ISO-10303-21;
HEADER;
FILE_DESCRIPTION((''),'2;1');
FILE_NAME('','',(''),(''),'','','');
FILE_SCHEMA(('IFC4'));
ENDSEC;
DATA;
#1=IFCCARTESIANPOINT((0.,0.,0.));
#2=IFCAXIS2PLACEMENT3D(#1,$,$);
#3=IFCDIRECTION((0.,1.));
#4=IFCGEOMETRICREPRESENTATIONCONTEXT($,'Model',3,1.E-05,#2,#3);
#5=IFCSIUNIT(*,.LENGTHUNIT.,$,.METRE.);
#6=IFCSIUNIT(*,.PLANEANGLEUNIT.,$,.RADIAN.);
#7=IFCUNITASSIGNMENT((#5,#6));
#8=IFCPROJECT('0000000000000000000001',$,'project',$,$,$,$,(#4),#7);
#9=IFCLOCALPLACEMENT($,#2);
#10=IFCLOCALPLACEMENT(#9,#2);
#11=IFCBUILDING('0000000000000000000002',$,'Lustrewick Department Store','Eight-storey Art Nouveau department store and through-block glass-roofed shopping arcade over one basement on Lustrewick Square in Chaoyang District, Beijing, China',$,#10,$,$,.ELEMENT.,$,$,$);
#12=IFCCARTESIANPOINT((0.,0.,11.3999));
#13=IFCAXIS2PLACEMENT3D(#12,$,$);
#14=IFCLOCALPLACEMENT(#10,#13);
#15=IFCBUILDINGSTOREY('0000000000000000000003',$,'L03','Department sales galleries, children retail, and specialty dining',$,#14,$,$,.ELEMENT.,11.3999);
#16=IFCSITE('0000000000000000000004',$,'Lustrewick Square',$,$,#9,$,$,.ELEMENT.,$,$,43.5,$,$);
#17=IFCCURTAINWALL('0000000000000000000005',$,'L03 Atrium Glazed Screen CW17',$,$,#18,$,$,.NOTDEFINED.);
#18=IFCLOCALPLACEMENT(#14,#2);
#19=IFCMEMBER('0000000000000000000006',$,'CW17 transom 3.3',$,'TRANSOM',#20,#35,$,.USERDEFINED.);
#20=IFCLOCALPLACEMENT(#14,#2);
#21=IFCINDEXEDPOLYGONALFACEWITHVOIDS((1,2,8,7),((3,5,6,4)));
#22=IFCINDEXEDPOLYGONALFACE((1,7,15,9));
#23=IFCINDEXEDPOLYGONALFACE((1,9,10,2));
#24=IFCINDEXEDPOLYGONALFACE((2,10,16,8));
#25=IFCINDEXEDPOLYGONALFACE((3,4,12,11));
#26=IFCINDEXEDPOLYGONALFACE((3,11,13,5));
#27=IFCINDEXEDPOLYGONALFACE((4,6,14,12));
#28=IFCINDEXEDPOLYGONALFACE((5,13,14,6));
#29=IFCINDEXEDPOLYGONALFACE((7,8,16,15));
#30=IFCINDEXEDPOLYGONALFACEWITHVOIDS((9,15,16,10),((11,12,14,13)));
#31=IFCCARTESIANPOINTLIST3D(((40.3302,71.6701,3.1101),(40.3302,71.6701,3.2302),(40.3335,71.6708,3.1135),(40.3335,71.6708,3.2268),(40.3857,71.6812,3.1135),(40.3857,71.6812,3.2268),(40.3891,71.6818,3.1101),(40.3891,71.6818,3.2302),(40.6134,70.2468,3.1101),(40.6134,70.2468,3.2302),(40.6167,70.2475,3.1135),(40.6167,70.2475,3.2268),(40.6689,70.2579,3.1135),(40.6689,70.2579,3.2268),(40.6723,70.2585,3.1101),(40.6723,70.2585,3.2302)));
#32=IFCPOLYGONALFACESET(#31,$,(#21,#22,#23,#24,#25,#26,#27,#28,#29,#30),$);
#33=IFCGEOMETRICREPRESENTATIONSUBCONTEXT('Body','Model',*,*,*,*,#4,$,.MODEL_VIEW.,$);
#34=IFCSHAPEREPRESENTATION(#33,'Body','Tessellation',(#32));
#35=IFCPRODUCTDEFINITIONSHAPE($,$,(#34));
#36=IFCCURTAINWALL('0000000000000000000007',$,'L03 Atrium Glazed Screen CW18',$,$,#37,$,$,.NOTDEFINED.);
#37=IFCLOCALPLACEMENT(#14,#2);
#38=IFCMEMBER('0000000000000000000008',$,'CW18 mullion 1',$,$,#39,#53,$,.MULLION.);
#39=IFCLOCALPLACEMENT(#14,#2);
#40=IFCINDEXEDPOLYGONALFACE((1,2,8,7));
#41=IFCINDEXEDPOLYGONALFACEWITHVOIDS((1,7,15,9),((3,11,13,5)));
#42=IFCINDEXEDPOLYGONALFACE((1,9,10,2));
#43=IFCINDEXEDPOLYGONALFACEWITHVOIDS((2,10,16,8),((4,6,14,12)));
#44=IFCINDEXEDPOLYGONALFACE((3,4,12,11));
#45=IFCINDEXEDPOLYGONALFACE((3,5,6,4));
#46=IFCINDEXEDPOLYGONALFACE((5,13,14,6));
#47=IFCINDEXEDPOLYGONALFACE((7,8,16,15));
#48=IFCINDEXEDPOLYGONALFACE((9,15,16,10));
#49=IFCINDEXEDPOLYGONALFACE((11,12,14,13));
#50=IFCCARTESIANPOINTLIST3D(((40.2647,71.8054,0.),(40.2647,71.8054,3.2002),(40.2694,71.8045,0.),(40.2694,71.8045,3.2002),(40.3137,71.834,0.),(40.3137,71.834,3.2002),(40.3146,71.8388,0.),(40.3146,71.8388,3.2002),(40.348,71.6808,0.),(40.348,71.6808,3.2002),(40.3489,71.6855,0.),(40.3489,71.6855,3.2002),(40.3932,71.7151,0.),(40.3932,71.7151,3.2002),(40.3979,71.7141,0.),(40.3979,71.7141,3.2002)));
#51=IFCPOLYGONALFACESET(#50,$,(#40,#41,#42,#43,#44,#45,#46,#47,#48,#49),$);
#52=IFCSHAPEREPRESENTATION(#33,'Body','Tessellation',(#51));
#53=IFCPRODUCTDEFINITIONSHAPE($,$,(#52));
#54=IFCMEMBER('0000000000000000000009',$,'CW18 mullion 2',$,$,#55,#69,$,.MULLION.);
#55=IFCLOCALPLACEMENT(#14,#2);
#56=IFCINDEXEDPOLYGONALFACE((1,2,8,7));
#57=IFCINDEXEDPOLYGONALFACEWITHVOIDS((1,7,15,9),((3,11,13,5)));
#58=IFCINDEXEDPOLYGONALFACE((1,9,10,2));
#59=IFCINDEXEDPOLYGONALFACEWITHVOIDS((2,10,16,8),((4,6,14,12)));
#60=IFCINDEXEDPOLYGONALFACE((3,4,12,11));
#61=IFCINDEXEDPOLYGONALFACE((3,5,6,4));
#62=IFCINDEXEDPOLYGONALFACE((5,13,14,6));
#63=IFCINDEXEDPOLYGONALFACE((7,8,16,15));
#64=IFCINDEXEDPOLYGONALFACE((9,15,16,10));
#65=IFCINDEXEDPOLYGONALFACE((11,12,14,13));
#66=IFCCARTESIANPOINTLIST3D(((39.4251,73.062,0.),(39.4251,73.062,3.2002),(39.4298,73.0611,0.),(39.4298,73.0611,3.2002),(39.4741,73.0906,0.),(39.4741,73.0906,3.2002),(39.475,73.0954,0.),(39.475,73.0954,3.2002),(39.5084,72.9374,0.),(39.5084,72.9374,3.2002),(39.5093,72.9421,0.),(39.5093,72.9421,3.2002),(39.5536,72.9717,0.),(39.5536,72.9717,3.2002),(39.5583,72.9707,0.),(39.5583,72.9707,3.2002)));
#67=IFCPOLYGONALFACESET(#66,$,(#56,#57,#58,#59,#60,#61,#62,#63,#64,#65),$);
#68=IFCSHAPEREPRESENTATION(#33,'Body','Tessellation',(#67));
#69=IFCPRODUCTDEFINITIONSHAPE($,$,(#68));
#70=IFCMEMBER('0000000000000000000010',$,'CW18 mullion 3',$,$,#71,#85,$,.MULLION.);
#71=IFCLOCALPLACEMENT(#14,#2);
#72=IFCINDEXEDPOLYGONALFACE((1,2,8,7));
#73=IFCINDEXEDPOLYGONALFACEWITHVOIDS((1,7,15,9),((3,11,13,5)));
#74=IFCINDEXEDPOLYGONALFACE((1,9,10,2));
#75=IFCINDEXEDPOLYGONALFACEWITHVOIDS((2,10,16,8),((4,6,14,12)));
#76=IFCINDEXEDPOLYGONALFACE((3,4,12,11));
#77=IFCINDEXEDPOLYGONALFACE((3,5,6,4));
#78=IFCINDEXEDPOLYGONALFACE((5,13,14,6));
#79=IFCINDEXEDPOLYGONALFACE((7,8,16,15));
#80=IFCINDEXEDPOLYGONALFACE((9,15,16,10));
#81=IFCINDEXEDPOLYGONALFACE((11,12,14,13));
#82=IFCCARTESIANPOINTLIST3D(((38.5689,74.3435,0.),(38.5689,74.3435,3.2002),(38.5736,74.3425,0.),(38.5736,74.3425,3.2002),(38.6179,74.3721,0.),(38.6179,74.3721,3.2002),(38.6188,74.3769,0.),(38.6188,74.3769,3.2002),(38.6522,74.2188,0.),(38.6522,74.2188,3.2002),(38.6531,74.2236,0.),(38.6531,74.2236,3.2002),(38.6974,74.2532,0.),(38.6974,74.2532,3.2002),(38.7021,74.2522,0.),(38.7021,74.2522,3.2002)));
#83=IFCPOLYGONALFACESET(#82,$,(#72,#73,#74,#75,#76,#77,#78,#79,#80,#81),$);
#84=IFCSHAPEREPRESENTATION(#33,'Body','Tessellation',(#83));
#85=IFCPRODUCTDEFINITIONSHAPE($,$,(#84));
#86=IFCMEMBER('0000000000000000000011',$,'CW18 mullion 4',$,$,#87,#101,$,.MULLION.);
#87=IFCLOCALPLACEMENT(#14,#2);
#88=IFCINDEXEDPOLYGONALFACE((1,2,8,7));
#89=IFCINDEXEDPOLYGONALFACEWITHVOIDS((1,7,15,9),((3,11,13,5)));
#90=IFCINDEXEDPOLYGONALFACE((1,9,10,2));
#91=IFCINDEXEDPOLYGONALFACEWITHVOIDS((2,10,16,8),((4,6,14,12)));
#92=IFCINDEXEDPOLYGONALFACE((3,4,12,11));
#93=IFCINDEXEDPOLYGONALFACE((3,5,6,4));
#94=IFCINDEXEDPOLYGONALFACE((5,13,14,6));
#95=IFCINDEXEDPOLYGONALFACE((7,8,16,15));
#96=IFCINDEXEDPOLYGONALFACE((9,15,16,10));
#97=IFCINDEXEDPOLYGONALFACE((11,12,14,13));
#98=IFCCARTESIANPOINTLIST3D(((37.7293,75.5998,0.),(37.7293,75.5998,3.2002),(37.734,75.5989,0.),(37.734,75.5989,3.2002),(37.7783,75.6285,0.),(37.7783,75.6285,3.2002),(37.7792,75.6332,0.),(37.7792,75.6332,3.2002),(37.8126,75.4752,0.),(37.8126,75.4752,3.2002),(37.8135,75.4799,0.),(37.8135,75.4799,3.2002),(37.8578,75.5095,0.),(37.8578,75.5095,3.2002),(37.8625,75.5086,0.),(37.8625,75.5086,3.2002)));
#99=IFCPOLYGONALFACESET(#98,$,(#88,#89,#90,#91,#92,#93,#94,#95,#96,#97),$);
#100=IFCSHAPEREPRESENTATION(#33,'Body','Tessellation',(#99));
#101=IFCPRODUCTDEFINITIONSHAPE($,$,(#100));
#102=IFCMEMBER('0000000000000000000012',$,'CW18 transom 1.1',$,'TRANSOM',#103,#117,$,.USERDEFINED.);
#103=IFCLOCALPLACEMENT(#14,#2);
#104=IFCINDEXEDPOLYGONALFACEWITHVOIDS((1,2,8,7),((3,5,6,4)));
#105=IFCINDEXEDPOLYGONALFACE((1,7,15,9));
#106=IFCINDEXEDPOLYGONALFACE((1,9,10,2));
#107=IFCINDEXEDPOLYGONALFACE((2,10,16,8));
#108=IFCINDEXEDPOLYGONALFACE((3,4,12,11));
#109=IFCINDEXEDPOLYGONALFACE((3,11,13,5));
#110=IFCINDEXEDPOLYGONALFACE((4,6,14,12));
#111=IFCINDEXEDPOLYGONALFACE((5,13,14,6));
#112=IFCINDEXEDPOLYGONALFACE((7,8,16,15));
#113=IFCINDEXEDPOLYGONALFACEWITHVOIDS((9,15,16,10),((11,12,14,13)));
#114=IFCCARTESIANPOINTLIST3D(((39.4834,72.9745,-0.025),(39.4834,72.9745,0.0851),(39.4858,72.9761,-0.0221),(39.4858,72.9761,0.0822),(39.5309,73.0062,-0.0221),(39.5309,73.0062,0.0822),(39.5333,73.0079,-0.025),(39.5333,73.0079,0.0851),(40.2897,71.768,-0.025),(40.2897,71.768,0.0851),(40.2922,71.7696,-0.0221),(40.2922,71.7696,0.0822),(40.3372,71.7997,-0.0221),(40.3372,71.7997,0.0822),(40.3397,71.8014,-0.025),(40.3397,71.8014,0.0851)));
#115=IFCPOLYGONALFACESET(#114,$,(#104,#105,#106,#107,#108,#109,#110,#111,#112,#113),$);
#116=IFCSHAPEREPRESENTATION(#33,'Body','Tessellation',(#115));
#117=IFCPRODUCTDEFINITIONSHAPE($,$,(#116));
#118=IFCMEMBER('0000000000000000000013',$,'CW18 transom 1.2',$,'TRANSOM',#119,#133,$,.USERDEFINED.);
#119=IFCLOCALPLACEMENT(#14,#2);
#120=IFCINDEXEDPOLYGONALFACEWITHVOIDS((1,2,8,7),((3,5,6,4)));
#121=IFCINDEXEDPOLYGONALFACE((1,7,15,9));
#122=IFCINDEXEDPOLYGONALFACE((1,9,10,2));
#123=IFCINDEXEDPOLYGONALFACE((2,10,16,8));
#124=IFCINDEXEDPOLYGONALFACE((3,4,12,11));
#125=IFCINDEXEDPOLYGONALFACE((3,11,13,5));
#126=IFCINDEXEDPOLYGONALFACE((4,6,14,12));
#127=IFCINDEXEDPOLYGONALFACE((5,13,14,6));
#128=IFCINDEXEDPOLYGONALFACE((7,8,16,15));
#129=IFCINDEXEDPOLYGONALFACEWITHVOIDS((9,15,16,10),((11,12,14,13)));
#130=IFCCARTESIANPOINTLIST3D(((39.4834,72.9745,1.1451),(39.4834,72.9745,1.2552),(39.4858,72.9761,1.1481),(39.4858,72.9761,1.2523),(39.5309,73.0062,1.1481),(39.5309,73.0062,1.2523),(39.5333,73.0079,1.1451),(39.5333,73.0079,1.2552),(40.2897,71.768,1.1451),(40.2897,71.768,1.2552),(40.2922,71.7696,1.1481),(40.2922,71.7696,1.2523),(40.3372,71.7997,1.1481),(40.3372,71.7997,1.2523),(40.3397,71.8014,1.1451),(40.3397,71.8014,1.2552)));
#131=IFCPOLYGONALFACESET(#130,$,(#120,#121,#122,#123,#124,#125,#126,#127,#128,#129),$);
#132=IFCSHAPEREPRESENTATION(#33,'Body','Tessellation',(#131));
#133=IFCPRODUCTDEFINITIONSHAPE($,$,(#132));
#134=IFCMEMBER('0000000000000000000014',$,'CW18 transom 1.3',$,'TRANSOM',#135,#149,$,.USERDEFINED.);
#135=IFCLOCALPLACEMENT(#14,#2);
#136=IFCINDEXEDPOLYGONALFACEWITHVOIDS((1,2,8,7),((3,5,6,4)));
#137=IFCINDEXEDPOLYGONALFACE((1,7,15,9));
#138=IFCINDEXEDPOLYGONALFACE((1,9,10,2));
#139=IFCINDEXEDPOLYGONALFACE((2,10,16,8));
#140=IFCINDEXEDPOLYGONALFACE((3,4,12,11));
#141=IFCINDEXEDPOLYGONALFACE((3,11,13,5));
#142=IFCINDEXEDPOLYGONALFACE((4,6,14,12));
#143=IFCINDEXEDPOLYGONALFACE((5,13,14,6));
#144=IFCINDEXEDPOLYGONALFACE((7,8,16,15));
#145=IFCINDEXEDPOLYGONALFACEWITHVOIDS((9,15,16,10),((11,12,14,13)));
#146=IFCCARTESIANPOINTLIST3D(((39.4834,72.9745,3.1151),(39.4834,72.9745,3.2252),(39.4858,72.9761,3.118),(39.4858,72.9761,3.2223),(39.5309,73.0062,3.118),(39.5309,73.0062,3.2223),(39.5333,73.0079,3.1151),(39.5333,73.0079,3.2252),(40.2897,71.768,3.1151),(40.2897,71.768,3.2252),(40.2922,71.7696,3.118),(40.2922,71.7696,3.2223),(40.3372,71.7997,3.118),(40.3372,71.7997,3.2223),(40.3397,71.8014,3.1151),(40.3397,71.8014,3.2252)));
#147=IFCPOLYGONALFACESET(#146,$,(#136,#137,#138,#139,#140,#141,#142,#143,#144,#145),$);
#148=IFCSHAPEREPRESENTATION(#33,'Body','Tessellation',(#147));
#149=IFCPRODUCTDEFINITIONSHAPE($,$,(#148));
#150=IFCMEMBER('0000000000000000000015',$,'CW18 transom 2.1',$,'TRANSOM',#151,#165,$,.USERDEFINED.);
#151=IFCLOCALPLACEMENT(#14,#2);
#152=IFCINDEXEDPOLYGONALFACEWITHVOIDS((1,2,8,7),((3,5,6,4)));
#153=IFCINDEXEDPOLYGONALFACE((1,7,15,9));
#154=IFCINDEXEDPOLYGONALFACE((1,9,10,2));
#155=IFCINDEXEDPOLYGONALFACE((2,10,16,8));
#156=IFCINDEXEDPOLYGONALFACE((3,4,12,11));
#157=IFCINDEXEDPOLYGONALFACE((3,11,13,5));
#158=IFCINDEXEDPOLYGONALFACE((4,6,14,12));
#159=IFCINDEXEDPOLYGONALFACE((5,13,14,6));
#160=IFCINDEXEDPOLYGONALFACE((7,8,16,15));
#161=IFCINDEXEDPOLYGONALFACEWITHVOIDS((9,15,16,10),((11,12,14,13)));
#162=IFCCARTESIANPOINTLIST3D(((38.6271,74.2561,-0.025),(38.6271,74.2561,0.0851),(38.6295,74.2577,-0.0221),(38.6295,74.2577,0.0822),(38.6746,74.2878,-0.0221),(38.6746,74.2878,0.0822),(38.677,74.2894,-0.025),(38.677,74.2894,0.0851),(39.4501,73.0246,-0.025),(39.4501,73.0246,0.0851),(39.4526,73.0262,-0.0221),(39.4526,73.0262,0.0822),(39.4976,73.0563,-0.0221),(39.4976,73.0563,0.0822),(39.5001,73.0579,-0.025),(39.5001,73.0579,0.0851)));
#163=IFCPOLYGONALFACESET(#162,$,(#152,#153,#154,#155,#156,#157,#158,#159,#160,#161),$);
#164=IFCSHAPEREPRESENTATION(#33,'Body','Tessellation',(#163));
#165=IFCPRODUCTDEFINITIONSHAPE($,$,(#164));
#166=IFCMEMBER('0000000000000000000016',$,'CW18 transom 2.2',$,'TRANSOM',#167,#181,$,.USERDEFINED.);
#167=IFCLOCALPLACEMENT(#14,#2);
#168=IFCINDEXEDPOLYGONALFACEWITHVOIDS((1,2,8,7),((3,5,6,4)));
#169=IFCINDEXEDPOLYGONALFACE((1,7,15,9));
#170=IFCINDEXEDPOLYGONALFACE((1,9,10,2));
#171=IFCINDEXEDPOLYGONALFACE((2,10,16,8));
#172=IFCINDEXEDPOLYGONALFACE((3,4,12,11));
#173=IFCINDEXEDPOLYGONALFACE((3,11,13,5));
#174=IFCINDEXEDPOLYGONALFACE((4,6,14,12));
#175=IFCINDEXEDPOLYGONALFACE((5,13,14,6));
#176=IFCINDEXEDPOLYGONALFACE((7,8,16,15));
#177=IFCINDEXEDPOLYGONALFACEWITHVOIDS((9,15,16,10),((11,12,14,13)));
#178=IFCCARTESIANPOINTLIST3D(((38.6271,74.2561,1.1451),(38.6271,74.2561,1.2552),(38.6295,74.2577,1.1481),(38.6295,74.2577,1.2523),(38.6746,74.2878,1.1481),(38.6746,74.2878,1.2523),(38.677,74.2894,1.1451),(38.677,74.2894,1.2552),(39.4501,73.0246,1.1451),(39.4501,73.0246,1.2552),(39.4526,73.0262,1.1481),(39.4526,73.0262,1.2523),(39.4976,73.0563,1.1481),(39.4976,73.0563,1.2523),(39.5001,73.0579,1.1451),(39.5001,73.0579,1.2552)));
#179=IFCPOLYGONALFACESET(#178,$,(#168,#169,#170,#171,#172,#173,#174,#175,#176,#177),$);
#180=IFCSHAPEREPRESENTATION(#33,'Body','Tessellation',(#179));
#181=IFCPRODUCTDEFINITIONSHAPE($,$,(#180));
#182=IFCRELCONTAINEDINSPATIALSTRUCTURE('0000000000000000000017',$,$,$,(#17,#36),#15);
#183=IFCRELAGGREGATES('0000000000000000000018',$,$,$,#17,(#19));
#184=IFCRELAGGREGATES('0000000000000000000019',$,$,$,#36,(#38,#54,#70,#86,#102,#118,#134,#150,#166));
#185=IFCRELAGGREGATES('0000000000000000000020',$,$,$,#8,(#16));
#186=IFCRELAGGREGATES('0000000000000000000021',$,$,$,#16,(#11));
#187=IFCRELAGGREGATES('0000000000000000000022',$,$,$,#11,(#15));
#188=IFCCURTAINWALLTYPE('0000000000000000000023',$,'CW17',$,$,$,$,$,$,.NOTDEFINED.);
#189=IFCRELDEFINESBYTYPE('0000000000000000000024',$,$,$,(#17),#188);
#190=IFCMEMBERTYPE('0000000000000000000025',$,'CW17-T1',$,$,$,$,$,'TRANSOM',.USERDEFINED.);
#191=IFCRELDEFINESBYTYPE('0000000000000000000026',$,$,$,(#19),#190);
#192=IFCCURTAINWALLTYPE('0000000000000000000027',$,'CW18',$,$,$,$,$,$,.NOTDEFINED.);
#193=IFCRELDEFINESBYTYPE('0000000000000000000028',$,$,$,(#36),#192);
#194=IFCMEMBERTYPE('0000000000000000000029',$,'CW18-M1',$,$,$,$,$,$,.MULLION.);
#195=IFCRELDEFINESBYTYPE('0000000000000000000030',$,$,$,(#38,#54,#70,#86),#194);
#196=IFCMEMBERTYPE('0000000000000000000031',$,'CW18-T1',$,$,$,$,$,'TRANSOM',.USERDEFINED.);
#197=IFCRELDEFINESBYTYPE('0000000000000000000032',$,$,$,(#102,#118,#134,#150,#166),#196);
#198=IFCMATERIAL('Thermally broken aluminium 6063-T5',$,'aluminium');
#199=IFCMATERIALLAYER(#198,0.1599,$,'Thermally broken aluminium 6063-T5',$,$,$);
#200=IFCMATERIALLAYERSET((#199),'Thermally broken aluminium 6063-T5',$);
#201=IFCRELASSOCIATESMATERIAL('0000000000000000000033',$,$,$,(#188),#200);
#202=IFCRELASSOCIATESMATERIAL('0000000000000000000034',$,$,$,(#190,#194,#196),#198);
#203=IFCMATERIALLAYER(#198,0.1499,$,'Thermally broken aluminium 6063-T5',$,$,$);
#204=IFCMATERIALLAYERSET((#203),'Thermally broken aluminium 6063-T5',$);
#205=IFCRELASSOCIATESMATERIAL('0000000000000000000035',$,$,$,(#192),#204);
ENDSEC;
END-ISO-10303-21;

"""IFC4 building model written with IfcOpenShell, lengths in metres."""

from ifc_helpers import new_model, si_unit, direction, frame, origin, origin_2d, place, context, subcontext, project, spatial, hollow_rectangle, extrude, material, layer, layer_set, material_profile, profile_set, type_object, element, aggregate, save


model = new_model("IFC4")

# Units and contexts
model_context = context("Model", 3, precision=1e-05, world=origin(), true_north=direction((0.0, 1.0)))
body_context = subcontext(model_context, "Body", "Model", "MODEL_VIEW")
ifc_project = project(units=[si_unit("LENGTHUNIT", "METRE"), si_unit("PLANEANGLEUNIT", "RADIAN")], contexts=[model_context])

# Site, building, storey
site_placement = place(None, origin())
site = spatial("IfcSite", under=ifc_project, at=site_placement, Name="Lustrewick Square", CompositionType="ELEMENT", RefElevation=43.5)
building_placement = place(site_placement, origin())
building = spatial("IfcBuilding", under=site, at=building_placement, Name="Lustrewick Department Store", Description="Eight-storey Art Nouveau department store and through-block glass-roofed shopping arcade over one basement on Lustrewick Square in Chaoyang District, Beijing, China", CompositionType="ELEMENT")
storey_placement = place(building_placement, frame((0.0, 0.0, 11.3999)))
storey = spatial("IfcBuildingStorey", under=building, at=storey_placement, Name="L03", Description="Department sales galleries, children retail, and specialty dining", CompositionType="ELEMENT", Elevation=11.3999)

# Shared definitions
ifc_material_1 = material(Name="Thermally broken aluminium 6063-T5", Category="aluminium")

# Curtain walls, members
ifc_layer_1 = layer(ifc_material_1, 0.1599, Name="Thermally broken aluminium 6063-T5")
ifc_layer_set_1 = layer_set([ifc_layer_1], Name="Thermally broken aluminium 6063-T5")
curtain_wall_type_1 = type_object("IfcCurtainWallType", Name="CW17", PredefinedType="NOTDEFINED", material=ifc_layer_set_1)
curtain_wall_1_placement = place(storey_placement, origin())
curtain_wall_1 = element("IfcCurtainWall", 1, at=curtain_wall_1_placement, inside=storey, type_object=curtain_wall_type_1, Name="L03 Atrium Glazed Screen CW17", PredefinedType="NOTDEFINED")
ifc_material_profile_1 = material_profile(ifc_material_1, hollow_rectangle(XDim=0.0601, YDim=0.1201, WallThickness=0.0034, at=origin_2d()), Name="ALU-T 60x120x3.5")
ifc_profile_set_1 = profile_set([ifc_material_profile_1], Name="Thermally broken aluminium 6063-T5")
member_type_1 = type_object("IfcMemberType", Name="CW17-T1", ElementType="TRANSOM", PredefinedType="USERDEFINED", material=ifc_profile_set_1)
member_1_placement = place(storey_placement, frame((40.6428, 70.2527, 3.1702), z_axis=(-0.195145, 0.980774, 0.0), x_axis=(-0.980774, -0.195145, 0.0)))
member_1 = element("IfcMember", 2, at=member_1_placement, type_object=member_type_1, Name="CW17 transom 3.3", ObjectType="TRANSOM", PredefinedType="USERDEFINED", context=body_context, shape_type="SweptSolid", body=[
    extrude(hollow_rectangle(XDim=0.0601, YDim=0.1201, WallThickness=0.0034, at=origin_2d()), origin(), (0.0, 0.0, 1.0), 1.4512),
])
ifc_layer_2 = layer(ifc_material_1, 0.1499, Name="Thermally broken aluminium 6063-T5")
ifc_layer_set_2 = layer_set([ifc_layer_2], Name="Thermally broken aluminium 6063-T5")
curtain_wall_type_2 = type_object("IfcCurtainWallType", Name="CW18", PredefinedType="NOTDEFINED", material=ifc_layer_set_2)
curtain_wall_2_placement = place(storey_placement, origin())
curtain_wall_2 = element("IfcCurtainWall", 3, at=curtain_wall_2_placement, inside=storey, type_object=curtain_wall_type_2, Name="L03 Atrium Glazed Screen CW18", PredefinedType="NOTDEFINED")
ifc_material_profile_2 = material_profile(ifc_material_1, hollow_rectangle(XDim=0.0601, YDim=0.1499, WallThickness=0.0034, at=origin_2d()), Name="ALU-M 60x150x3.5")
ifc_profile_set_2 = profile_set([ifc_material_profile_2], Name="Thermally broken aluminium 6063-T5")
member_type_2 = type_object("IfcMemberType", Name="CW18-M1", PredefinedType="MULLION", material=ifc_profile_set_2)
member_2_placement = place(storey_placement, frame((40.3313, 71.7598, 0.0), z_axis=(0.0, 0.0, 1.0), x_axis=(-0.831464, -0.555578, 0.0)))
member_2 = element("IfcMember", 4, at=member_2_placement, type_object=member_type_2, Name="CW18 mullion 1", PredefinedType="MULLION", context=body_context, shape_type="SweptSolid", body=[
    extrude(hollow_rectangle(XDim=0.0601, YDim=0.1499, WallThickness=0.0034, at=origin_2d()), origin(), (0.0, 0.0, 1.0), 3.2002),
])
member_3_placement = place(storey_placement, frame((39.4917, 73.0164, 0.0), z_axis=(0.0, 0.0, 1.0), x_axis=(-0.831464, -0.555578, 0.0)))
member_3 = element("IfcMember", 5, at=member_3_placement, type_object=member_type_2, Name="CW18 mullion 2", PredefinedType="MULLION", context=body_context, shape_type="SweptSolid", body=[
    extrude(hollow_rectangle(XDim=0.0601, YDim=0.1499, WallThickness=0.0034, at=origin_2d()), origin(), (0.0, 0.0, 1.0), 3.2002),
])
member_4_placement = place(storey_placement, frame((38.6355, 74.2979, 0.0), z_axis=(0.0, 0.0, 1.0), x_axis=(-0.831464, -0.555578, 0.0)))
member_4 = element("IfcMember", 6, at=member_4_placement, type_object=member_type_2, Name="CW18 mullion 3", PredefinedType="MULLION", context=body_context, shape_type="SweptSolid", body=[
    extrude(hollow_rectangle(XDim=0.0601, YDim=0.1499, WallThickness=0.0034, at=origin_2d()), origin(), (0.0, 0.0, 1.0), 3.2002),
])
member_5_placement = place(storey_placement, frame((37.7959, 75.5542, 0.0), z_axis=(0.0, 0.0, 1.0), x_axis=(-0.831464, -0.555578, 0.0)))
member_5 = element("IfcMember", 7, at=member_5_placement, type_object=member_type_2, Name="CW18 mullion 4", PredefinedType="MULLION", context=body_context, shape_type="SweptSolid", body=[
    extrude(hollow_rectangle(XDim=0.0601, YDim=0.1499, WallThickness=0.0034, at=origin_2d()), origin(), (0.0, 0.0, 1.0), 3.2002),
])
ifc_material_profile_3 = material_profile(ifc_material_1, hollow_rectangle(XDim=0.0601, YDim=0.1101, WallThickness=0.0029, at=origin_2d()), Name="ALU-T 60x110x3")
ifc_profile_set_3 = profile_set([ifc_material_profile_3], Name="Thermally broken aluminium 6063-T5")
member_type_3 = type_object("IfcMemberType", Name="CW18-T1", ElementType="TRANSOM", PredefinedType="USERDEFINED", material=ifc_profile_set_3)
member_6_placement = place(storey_placement, frame((40.3147, 71.7847, 0.03), z_axis=(-0.55567, 0.831403, 0.0), x_axis=(-0.831403, -0.55567, 0.0)))
member_6 = element("IfcMember", 8, at=member_6_placement, type_object=member_type_3, Name="CW18 transom 1.1", ObjectType="TRANSOM", PredefinedType="USERDEFINED", context=body_context, shape_type="SweptSolid", body=[
    extrude(hollow_rectangle(XDim=0.0601, YDim=0.1101, WallThickness=0.0029, at=origin_2d()), origin(), (0.0, 0.0, 1.0), 1.4512),
])
member_7_placement = place(storey_placement, frame((40.3147, 71.7847, 1.2002), z_axis=(-0.55567, 0.831403, 0.0), x_axis=(-0.831403, -0.55567, 0.0)))
member_7 = element("IfcMember", 9, at=member_7_placement, type_object=member_type_3, Name="CW18 transom 1.2", ObjectType="TRANSOM", PredefinedType="USERDEFINED", context=body_context, shape_type="SweptSolid", body=[
    extrude(hollow_rectangle(XDim=0.0601, YDim=0.1101, WallThickness=0.0029, at=origin_2d()), origin(), (0.0, 0.0, 1.0), 1.4512),
])
member_8_placement = place(storey_placement, frame((40.3147, 71.7847, 3.1702), z_axis=(-0.55567, 0.831403, 0.0), x_axis=(-0.831403, -0.55567, 0.0)))
member_8 = element("IfcMember", 10, at=member_8_placement, type_object=member_type_3, Name="CW18 transom 1.3", ObjectType="TRANSOM", PredefinedType="USERDEFINED", context=body_context, shape_type="SweptSolid", body=[
    extrude(hollow_rectangle(XDim=0.0601, YDim=0.1101, WallThickness=0.0029, at=origin_2d()), origin(), (0.0, 0.0, 1.0), 1.4512),
])
member_9_placement = place(storey_placement, frame((39.4751, 73.0413, 0.03), z_axis=(-0.555651, 0.831416, 0.0), x_axis=(-0.831416, -0.555651, 0.0)))
member_9 = element("IfcMember", 11, at=member_9_placement, type_object=member_type_3, Name="CW18 transom 2.1", ObjectType="TRANSOM", PredefinedType="USERDEFINED", context=body_context, shape_type="SweptSolid", body=[
    extrude(hollow_rectangle(XDim=0.0601, YDim=0.1101, WallThickness=0.0029, at=origin_2d()), origin(), (0.0, 0.0, 1.0), 1.4812),
])
member_10_placement = place(storey_placement, frame((39.4751, 73.0413, 1.2002), z_axis=(-0.555651, 0.831416, 0.0), x_axis=(-0.831416, -0.555651, 0.0)))
member_10 = element("IfcMember", 12, at=member_10_placement, type_object=member_type_3, Name="CW18 transom 2.2", ObjectType="TRANSOM", PredefinedType="USERDEFINED", context=body_context, shape_type="SweptSolid", body=[
    extrude(hollow_rectangle(XDim=0.0601, YDim=0.1101, WallThickness=0.0029, at=origin_2d()), origin(), (0.0, 0.0, 1.0), 1.4812),
])

aggregate(curtain_wall_1, [member_1])
aggregate(curtain_wall_2, [member_2, member_3, member_4, member_5, member_6, member_7, member_8, member_9, member_10])

save(model, "model.ifc")
